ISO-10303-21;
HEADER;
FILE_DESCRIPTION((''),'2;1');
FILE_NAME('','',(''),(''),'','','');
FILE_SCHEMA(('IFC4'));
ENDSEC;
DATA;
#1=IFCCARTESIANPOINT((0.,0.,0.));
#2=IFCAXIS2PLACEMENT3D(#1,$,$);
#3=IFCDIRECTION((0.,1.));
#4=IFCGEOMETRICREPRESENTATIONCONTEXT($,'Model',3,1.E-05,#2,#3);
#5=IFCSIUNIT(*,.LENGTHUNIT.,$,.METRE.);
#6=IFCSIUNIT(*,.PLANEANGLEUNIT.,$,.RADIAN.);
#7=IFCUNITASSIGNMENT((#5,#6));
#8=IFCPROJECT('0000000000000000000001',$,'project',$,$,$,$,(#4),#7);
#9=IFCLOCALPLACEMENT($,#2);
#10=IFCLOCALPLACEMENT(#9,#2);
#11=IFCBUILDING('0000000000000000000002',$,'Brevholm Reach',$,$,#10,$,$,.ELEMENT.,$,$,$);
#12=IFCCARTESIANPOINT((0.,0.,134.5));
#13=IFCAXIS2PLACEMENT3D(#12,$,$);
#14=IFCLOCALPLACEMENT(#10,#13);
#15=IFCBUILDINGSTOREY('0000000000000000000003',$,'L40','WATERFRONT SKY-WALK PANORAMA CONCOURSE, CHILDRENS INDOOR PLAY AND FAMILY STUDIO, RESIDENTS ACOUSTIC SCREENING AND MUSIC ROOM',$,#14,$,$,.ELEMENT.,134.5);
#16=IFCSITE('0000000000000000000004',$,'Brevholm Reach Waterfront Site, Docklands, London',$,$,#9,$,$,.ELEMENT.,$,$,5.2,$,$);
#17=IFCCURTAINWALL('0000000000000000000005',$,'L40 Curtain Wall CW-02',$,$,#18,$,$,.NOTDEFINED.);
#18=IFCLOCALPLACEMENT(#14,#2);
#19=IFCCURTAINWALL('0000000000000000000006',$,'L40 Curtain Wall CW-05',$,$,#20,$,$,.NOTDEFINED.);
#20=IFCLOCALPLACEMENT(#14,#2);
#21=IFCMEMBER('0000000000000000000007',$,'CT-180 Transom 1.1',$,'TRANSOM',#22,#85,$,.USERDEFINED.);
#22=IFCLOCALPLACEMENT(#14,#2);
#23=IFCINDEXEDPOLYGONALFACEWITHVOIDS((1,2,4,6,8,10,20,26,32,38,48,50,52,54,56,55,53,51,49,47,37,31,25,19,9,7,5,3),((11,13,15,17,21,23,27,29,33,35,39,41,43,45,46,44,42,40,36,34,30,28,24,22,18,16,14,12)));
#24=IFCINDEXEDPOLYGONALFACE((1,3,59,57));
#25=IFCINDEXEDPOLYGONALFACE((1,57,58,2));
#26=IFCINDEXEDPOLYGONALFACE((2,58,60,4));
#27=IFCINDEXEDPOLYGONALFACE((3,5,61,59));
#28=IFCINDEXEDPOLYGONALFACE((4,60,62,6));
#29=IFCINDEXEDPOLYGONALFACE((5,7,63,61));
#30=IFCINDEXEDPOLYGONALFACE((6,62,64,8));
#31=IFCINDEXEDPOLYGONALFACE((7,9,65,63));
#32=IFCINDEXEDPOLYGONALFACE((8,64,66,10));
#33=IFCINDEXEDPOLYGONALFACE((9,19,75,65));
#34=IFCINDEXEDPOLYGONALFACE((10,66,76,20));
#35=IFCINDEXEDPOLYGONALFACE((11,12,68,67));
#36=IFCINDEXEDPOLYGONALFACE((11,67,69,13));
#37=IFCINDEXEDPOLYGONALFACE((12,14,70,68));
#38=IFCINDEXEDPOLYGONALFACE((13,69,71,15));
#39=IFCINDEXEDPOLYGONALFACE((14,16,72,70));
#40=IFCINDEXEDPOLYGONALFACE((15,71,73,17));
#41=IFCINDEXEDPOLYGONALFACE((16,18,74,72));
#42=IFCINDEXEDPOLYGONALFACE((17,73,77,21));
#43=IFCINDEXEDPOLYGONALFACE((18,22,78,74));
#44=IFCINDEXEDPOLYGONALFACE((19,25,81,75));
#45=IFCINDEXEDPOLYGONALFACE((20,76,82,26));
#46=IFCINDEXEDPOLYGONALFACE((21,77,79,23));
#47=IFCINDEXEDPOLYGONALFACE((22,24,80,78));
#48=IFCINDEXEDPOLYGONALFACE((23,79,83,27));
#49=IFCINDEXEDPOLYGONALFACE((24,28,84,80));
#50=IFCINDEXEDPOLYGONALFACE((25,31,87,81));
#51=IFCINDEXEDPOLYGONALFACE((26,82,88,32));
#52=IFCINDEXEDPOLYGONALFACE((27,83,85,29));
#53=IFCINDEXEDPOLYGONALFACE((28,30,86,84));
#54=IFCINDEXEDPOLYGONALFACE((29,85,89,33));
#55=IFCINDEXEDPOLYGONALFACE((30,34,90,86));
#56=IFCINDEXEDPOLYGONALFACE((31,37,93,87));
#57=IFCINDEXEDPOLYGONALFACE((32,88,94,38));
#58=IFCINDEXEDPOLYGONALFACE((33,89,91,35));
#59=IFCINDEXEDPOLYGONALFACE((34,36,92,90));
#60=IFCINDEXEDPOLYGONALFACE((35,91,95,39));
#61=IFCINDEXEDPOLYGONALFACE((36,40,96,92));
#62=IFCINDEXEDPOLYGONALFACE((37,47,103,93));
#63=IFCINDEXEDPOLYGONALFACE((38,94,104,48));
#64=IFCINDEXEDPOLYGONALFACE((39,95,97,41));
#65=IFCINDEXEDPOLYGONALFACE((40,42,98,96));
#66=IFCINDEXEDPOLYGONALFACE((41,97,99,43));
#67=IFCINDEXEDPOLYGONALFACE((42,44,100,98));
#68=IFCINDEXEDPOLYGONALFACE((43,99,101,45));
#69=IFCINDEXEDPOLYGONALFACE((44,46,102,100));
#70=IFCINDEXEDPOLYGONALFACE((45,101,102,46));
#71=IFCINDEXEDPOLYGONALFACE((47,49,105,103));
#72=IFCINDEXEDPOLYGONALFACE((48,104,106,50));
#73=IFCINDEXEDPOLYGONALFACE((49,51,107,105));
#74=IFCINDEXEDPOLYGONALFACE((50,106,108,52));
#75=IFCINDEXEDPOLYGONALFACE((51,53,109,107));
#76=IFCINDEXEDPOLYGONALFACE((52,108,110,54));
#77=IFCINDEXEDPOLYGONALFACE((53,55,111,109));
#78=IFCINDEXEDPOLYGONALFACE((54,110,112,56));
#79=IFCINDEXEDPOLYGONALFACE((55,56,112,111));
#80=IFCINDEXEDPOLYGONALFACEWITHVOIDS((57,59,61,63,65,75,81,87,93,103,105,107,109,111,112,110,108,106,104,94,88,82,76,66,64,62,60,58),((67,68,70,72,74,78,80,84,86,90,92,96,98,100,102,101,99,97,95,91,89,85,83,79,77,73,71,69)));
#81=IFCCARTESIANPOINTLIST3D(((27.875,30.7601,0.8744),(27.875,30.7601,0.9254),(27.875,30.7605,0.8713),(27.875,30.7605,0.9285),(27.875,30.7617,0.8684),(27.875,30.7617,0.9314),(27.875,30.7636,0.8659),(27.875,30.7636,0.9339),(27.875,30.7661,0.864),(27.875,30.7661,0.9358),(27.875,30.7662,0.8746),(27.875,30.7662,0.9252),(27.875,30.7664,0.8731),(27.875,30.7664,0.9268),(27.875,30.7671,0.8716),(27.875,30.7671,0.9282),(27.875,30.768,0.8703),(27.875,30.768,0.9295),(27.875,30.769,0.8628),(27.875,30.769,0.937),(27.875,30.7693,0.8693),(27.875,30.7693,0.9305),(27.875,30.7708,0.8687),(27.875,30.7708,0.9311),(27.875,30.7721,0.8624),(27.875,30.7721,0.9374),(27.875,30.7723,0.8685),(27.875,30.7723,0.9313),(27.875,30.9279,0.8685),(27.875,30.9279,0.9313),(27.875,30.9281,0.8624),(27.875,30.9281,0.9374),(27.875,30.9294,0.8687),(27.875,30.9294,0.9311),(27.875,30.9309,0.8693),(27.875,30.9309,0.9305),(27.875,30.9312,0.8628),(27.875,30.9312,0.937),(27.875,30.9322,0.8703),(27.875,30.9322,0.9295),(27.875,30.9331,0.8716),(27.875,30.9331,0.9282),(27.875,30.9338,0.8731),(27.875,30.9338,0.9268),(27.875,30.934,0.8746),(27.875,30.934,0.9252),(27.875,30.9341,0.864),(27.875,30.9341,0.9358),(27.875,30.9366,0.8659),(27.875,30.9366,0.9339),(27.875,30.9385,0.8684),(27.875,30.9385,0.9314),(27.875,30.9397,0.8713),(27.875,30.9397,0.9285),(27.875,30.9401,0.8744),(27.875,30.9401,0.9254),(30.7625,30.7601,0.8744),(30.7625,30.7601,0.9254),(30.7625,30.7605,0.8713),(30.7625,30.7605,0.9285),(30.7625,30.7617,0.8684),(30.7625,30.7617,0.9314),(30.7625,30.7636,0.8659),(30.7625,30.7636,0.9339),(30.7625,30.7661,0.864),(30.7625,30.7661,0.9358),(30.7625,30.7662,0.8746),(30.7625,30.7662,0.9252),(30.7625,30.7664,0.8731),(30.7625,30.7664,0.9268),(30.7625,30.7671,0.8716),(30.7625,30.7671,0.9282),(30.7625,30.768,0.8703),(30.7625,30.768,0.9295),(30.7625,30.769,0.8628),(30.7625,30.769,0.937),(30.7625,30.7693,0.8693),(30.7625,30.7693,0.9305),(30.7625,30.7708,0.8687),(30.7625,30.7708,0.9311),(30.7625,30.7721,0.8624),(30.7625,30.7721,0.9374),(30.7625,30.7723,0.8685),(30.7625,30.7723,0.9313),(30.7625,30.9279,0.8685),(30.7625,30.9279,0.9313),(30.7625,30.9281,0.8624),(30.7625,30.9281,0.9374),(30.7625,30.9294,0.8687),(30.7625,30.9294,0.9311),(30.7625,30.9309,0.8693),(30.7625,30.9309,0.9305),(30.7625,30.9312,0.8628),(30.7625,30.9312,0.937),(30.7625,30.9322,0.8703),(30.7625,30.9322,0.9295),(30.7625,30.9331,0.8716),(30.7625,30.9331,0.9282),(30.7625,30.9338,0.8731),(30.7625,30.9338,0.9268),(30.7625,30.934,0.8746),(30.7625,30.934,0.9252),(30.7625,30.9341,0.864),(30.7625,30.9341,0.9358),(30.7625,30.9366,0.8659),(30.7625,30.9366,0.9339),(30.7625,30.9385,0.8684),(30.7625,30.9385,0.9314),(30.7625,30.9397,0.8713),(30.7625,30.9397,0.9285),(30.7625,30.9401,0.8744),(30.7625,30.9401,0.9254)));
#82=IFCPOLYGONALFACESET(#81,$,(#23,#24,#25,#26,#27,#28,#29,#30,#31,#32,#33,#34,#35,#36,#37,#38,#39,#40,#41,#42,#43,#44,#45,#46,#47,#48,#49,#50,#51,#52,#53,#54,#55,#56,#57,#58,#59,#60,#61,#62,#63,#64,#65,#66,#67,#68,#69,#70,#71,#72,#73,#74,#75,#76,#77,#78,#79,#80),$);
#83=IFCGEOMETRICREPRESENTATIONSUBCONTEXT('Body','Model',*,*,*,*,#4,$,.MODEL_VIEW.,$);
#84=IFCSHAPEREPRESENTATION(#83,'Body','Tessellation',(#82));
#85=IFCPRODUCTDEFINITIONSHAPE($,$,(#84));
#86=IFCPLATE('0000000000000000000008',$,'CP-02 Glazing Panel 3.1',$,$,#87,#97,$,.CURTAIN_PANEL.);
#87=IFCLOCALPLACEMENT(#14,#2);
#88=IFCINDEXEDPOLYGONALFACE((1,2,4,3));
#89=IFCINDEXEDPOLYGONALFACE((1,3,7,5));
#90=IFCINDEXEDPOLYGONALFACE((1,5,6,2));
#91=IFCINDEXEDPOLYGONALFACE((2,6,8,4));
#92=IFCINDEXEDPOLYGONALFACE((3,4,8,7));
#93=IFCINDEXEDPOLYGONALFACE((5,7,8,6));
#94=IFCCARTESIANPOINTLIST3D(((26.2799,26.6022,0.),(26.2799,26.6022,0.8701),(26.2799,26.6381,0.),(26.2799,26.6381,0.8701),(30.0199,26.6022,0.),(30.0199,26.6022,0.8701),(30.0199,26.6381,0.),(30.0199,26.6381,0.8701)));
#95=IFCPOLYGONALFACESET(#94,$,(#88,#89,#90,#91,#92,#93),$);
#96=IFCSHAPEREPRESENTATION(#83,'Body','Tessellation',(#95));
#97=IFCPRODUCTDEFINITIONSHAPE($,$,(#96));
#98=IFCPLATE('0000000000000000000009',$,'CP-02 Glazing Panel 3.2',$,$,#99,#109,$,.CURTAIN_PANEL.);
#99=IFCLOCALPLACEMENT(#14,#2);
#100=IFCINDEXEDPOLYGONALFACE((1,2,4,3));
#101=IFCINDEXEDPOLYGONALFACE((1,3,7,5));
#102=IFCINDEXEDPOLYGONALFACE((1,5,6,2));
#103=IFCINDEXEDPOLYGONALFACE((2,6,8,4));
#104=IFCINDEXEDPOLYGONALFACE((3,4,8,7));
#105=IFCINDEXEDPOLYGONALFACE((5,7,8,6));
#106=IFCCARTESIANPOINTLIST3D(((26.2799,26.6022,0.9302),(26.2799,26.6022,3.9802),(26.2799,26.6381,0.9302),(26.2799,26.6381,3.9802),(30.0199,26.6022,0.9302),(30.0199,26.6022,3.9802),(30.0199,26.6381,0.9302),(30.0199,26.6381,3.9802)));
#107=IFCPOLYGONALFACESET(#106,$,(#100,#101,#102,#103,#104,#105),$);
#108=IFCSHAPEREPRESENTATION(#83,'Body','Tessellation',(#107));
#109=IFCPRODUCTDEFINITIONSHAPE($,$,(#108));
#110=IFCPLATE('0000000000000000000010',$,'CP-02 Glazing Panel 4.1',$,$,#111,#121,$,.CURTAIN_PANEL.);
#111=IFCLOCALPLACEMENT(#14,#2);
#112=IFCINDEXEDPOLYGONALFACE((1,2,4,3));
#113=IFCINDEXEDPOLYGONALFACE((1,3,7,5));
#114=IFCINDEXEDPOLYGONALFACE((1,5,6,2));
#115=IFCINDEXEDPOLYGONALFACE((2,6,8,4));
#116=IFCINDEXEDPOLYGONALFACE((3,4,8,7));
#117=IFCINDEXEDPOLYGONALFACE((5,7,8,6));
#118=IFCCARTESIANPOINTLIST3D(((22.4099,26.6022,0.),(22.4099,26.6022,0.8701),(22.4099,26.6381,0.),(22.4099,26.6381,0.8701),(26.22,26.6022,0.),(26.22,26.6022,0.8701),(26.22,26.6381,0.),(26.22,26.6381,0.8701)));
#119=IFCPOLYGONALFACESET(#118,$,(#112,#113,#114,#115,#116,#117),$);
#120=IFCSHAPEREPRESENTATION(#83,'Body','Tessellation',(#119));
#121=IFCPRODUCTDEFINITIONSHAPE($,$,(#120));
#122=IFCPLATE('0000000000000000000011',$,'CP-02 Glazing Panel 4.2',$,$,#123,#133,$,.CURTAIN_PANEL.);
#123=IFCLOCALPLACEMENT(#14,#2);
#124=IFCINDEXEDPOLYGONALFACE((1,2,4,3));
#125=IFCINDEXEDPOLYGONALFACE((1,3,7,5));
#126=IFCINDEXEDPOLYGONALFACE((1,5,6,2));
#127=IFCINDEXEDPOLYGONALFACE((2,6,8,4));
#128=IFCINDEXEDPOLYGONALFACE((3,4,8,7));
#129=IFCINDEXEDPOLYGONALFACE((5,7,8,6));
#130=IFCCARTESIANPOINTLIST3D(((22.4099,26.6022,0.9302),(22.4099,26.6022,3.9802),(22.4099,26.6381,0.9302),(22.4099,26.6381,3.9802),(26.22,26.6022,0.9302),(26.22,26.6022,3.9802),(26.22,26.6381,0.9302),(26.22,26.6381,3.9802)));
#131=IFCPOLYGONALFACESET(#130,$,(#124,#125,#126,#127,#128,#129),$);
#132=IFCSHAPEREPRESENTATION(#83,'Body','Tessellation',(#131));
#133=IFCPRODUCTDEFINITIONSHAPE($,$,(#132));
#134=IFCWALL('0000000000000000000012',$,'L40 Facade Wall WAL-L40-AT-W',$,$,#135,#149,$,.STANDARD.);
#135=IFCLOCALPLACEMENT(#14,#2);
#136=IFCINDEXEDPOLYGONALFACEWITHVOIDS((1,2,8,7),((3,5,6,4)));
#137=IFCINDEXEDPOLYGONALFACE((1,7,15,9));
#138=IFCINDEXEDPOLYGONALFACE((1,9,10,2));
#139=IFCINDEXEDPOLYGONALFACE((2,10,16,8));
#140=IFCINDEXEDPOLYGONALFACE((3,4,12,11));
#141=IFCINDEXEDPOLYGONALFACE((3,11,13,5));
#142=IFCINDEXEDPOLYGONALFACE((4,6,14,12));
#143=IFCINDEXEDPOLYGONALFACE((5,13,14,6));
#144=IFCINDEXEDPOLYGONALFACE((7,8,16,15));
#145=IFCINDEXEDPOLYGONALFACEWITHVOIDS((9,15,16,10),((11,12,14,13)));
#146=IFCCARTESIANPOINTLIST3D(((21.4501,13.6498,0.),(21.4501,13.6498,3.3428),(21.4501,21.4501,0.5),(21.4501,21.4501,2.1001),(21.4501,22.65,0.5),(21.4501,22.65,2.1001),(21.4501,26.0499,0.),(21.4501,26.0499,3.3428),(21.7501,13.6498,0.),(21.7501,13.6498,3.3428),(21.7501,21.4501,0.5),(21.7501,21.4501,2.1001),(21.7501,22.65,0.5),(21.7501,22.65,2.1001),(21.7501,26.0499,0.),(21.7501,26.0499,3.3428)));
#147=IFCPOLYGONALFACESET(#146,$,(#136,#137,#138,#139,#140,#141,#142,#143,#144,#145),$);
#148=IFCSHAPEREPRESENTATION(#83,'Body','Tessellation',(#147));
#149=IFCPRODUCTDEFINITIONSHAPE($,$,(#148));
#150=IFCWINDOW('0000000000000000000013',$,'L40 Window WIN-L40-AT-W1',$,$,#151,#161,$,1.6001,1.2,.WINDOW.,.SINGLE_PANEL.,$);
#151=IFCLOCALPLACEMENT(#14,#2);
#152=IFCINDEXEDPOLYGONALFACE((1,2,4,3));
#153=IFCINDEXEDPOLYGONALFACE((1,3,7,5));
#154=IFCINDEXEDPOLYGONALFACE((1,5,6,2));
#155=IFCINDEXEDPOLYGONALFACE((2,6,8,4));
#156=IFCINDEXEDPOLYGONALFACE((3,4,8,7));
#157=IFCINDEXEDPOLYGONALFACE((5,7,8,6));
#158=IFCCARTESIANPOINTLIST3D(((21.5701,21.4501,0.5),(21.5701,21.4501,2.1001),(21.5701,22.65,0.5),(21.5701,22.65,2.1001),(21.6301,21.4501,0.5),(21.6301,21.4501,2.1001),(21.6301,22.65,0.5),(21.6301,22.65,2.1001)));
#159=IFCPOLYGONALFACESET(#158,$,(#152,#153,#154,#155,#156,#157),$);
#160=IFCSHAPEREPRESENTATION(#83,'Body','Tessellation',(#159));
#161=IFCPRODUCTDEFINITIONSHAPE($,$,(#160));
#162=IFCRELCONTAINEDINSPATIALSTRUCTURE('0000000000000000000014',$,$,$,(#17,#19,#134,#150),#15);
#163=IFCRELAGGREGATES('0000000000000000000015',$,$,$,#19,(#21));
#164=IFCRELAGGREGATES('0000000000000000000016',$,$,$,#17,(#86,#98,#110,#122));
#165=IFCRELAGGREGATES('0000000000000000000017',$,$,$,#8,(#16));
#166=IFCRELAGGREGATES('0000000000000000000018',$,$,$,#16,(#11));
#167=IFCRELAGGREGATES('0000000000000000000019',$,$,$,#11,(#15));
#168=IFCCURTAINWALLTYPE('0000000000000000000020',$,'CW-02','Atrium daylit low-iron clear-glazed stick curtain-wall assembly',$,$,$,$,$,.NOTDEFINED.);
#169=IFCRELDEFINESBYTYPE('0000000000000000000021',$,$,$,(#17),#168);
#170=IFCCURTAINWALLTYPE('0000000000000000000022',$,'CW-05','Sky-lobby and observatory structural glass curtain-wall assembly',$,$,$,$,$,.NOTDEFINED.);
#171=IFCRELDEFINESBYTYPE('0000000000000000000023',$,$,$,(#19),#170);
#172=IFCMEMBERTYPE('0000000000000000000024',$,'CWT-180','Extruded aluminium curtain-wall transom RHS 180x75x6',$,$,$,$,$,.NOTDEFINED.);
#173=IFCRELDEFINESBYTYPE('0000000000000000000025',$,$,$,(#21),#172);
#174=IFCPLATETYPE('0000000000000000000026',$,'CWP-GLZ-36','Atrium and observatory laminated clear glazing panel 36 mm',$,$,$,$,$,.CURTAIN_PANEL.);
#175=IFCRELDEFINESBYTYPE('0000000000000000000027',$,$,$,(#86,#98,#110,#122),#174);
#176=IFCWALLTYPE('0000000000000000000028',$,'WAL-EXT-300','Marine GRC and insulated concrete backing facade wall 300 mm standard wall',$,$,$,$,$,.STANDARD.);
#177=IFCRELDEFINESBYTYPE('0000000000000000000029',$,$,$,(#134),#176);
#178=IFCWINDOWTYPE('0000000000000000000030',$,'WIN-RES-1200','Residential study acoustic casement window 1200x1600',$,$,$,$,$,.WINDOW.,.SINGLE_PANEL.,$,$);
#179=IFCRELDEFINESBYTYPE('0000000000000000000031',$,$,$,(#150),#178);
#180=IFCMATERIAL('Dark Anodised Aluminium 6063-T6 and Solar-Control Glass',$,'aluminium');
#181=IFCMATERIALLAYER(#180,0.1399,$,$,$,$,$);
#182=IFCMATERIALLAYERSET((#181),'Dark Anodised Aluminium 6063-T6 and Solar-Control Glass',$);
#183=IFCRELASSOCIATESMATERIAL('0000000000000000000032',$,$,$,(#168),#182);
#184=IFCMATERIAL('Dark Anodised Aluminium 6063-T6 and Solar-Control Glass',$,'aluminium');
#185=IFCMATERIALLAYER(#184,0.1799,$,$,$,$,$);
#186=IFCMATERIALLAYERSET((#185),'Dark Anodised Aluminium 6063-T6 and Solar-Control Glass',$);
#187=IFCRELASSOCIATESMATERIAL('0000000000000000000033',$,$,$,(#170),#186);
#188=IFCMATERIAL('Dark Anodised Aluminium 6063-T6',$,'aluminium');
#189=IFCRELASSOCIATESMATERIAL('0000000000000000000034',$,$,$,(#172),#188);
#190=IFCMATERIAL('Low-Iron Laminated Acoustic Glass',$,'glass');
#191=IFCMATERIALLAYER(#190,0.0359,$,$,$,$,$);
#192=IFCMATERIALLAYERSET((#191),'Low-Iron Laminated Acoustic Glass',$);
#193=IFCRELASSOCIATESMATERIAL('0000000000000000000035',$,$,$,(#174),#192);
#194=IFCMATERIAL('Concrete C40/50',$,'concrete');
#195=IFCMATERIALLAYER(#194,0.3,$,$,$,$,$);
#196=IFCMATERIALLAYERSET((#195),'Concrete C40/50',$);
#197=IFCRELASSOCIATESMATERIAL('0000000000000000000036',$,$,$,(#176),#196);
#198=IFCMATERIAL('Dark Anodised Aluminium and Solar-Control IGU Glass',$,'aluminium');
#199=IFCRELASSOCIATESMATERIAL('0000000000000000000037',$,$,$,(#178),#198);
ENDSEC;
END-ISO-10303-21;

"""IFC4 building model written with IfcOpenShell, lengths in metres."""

from ifc_helpers import new_model, si_unit, direction, frame, frame_2d, origin, origin_2d, place, context, subcontext, project, spatial, rectangle, hollow_rectangle, extrude, material, layer, layer_set, material_profile, profile_set, type_object, element, fill, aggregate, save


model = new_model("IFC4")

# Units and contexts
model_context = context("Model", 3, precision=1e-05, world=origin(), true_north=direction((0.0, 1.0)))
body_context = subcontext(model_context, "Body", "Model", "MODEL_VIEW")
ifc_project = project(units=[si_unit("LENGTHUNIT", "METRE"), si_unit("PLANEANGLEUNIT", "RADIAN")], contexts=[model_context])

# Site, building, storey
site_placement = place(None, origin())
site = spatial("IfcSite", under=ifc_project, at=site_placement, Name="Brevholm Reach Waterfront Site, Docklands, London", CompositionType="ELEMENT", RefElevation=5.2)
building_placement = place(site_placement, origin())
building = spatial("IfcBuilding", under=site, at=building_placement, Name="Brevholm Reach", CompositionType="ELEMENT")
storey_placement = place(building_placement, frame((0.0, 0.0, 134.5)))
storey = spatial("IfcBuildingStorey", under=building, at=storey_placement, Name="L40", Description="WATERFRONT SKY-WALK PANORAMA CONCOURSE, CHILDRENS INDOOR PLAY AND FAMILY STUDIO, RESIDENTS ACOUSTIC SCREENING AND MUSIC ROOM", CompositionType="ELEMENT", Elevation=134.5)

# Curtain wall
ifc_material_1 = material(Name="Dark Anodised Aluminium 6063-T6 and Solar-Control Glass", Category="aluminium")
ifc_layer_1 = layer(ifc_material_1, 0.1399)
ifc_layer_set_1 = layer_set([ifc_layer_1], Name="Dark Anodised Aluminium 6063-T6 and Solar-Control Glass")
curtain_wall_type_1 = type_object("IfcCurtainWallType", Name="CW-02", Description="Atrium daylit low-iron clear-glazed stick curtain-wall assembly", PredefinedType="NOTDEFINED", material=ifc_layer_set_1)
curtain_wall_1_placement = place(storey_placement, origin())
curtain_wall_1 = element("IfcCurtainWall", 1, at=curtain_wall_1_placement, inside=storey, type_object=curtain_wall_type_1, Name="L40 Curtain Wall CW-02", PredefinedType="NOTDEFINED")

# Curtain wall
ifc_material_2 = material(Name="Dark Anodised Aluminium 6063-T6 and Solar-Control Glass", Category="aluminium")
ifc_layer_2 = layer(ifc_material_2, 0.1799)
ifc_layer_set_2 = layer_set([ifc_layer_2], Name="Dark Anodised Aluminium 6063-T6 and Solar-Control Glass")
curtain_wall_type_2 = type_object("IfcCurtainWallType", Name="CW-05", Description="Sky-lobby and observatory structural glass curtain-wall assembly", PredefinedType="NOTDEFINED", material=ifc_layer_set_2)
curtain_wall_2_placement = place(storey_placement, origin())
curtain_wall_2 = element("IfcCurtainWall", 2, at=curtain_wall_2_placement, inside=storey, type_object=curtain_wall_type_2, Name="L40 Curtain Wall CW-05", PredefinedType="NOTDEFINED")

# Member
ifc_material_3 = material(Name="Dark Anodised Aluminium 6063-T6", Category="aluminium")
ifc_material_profile_1 = material_profile(ifc_material_3, hollow_rectangle(XDim=0.075, YDim=0.1799, WallThickness=0.0061, InnerFilletRadius=0.0061, OuterFilletRadius=0.012, at=origin_2d()), Name="RHS 180x75x6")
ifc_profile_set_1 = profile_set([ifc_material_profile_1], Name="Dark Anodised Aluminium 6063-T6")
member_type_1 = type_object("IfcMemberType", Name="CWT-180", Description="Extruded aluminium curtain-wall transom RHS 180x75x6", PredefinedType="NOTDEFINED", material=ifc_profile_set_1)
member_1_placement = place(storey_placement, frame((27.875, 30.8501, 0.8999), z_axis=(1.0, 0.0, 0.0), x_axis=(0.0, 0.0, 1.0)))
member_1 = element("IfcMember", 3, at=member_1_placement, type_object=member_type_1, Name="CT-180 Transom 1.1", ObjectType="TRANSOM", PredefinedType="USERDEFINED", context=body_context, shape_type="SweptSolid", body=[
    extrude(hollow_rectangle(XDim=0.075, YDim=0.1799, WallThickness=0.0061, InnerFilletRadius=0.0061, OuterFilletRadius=0.012, at=origin_2d()), origin(), (0.0, 0.0, 1.0), 2.8875),
])
aggregate(curtain_wall_2, [member_1])

# Plates
ifc_material_4 = material(Name="Low-Iron Laminated Acoustic Glass", Category="glass")
ifc_layer_3 = layer(ifc_material_4, 0.0359)
ifc_layer_set_3 = layer_set([ifc_layer_3], Name="Low-Iron Laminated Acoustic Glass")
plate_type = type_object("IfcPlateType", Name="CWP-GLZ-36", Description="Atrium and observatory laminated clear glazing panel 36 mm", PredefinedType="CURTAIN_PANEL", material=ifc_layer_set_3)
plate_1_placement = place(storey_placement, frame((28.1499, 26.6201, 0.0), z_axis=(0.0, 0.0, 1.0), x_axis=(-1.0, 0.0, 0.0)))
plate_1 = element("IfcPlate", 4, at=plate_1_placement, type_object=plate_type, Name="CP-02 Glazing Panel 3.1", PredefinedType="CURTAIN_PANEL", context=body_context, shape_type="SweptSolid", body=[
    extrude(rectangle(XDim=3.74, YDim=0.0359, at=origin_2d()), origin(), (0.0, 0.0, 1.0), 0.8701),
])
plate_2_placement = place(storey_placement, frame((28.1499, 26.6201, 0.9302), z_axis=(0.0, 0.0, 1.0), x_axis=(-1.0, 0.0, 0.0)))
plate_2 = element("IfcPlate", 5, at=plate_2_placement, type_object=plate_type, Name="CP-02 Glazing Panel 3.2", PredefinedType="CURTAIN_PANEL", context=body_context, shape_type="SweptSolid", body=[
    extrude(rectangle(XDim=3.74, YDim=0.0359, at=origin_2d()), origin(), (0.0, 0.0, 1.0), 3.05),
])
plate_3_placement = place(storey_placement, frame((24.3149, 26.6201, 0.0), z_axis=(0.0, 0.0, 1.0), x_axis=(-1.0, 0.0, 0.0)))
plate_3 = element("IfcPlate", 6, at=plate_3_placement, type_object=plate_type, Name="CP-02 Glazing Panel 4.1", PredefinedType="CURTAIN_PANEL", context=body_context, shape_type="SweptSolid", body=[
    extrude(rectangle(XDim=3.8101, YDim=0.0359, at=origin_2d()), origin(), (0.0, 0.0, 1.0), 0.8701),
])
plate_4_placement = place(storey_placement, frame((24.3149, 26.6201, 0.9302), z_axis=(0.0, 0.0, 1.0), x_axis=(-1.0, 0.0, 0.0)))
plate_4 = element("IfcPlate", 7, at=plate_4_placement, type_object=plate_type, Name="CP-02 Glazing Panel 4.2", PredefinedType="CURTAIN_PANEL", context=body_context, shape_type="SweptSolid", body=[
    extrude(rectangle(XDim=3.8101, YDim=0.0359, at=origin_2d()), origin(), (0.0, 0.0, 1.0), 3.05),
])
aggregate(curtain_wall_1, [plate_1, plate_2, plate_3, plate_4])

# Wall, opening, window
ifc_material_5 = material(Name="Concrete C40/50", Category="concrete")
ifc_layer_4 = layer(ifc_material_5, 0.3)
ifc_layer_set_4 = layer_set([ifc_layer_4], Name="Concrete C40/50")
wall_type = type_object("IfcWallType", Name="WAL-EXT-300", Description="Marine GRC and insulated concrete backing facade wall 300 mm standard wall", PredefinedType="STANDARD", material=ifc_layer_set_4)
wall_placement = place(storey_placement, frame((21.6001, 26.05, 0.0), z_axis=(0.0, 0.0, 1.0), x_axis=(0.0, -1.0, 0.0)))
wall = element("IfcWall", 8, at=wall_placement, inside=storey, type_object=wall_type, Name="L40 Facade Wall WAL-L40-AT-W", PredefinedType="STANDARD", context=body_context, shape_type="SweptSolid", body=[
    extrude(rectangle(XDim=12.4001, YDim=0.3, at=frame_2d((6.2002, 0.0))), origin(), (0.0, 0.0, 1.0), 3.3428),
])
opening_placement = place(wall_placement, frame((3.3999, 0.0, 0.5)))
opening = element("IfcOpeningElement", 9, at=opening_placement, cuts=wall, PredefinedType="OPENING", context=body_context, shape_type="SweptSolid", body=[
    extrude(rectangle(XDim=1.2, YDim=1.6001, at=frame_2d((0.6001, 0.8))), frame((0.0, 0.1599, 0.0), z_axis=(0.0, -1.0, 0.0), x_axis=(1.0, 0.0, 0.0)), (0.0, 0.0, 1.0), 0.3201),
])
ifc_material_6 = material(Name="Dark Anodised Aluminium and Solar-Control IGU Glass", Category="aluminium")
window_type = type_object("IfcWindowType", Name="WIN-RES-1200", Description="Residential study acoustic casement window 1200x1600", PartitioningType="SINGLE_PANEL", PredefinedType="WINDOW", material=ifc_material_6)
window_placement = place(opening_placement, origin())
window = element("IfcWindow", 10, at=window_placement, inside=storey, type_object=window_type, Name="L40 Window WIN-L40-AT-W1", OverallHeight=1.6001, OverallWidth=1.2, PartitioningType="SINGLE_PANEL", PredefinedType="WINDOW", context=body_context, shape_type="SweptSolid", body=[
    extrude(rectangle(XDim=1.2, YDim=1.6001, at=frame_2d((0.6001, 0.8))), frame((0.0, 0.03, 0.0), z_axis=(0.0, -1.0, 0.0), x_axis=(1.0, 0.0, 0.0)), (0.0, 0.0, 1.0), 0.0601),
])
fill(opening, window)

save(model, "model.ifc")
